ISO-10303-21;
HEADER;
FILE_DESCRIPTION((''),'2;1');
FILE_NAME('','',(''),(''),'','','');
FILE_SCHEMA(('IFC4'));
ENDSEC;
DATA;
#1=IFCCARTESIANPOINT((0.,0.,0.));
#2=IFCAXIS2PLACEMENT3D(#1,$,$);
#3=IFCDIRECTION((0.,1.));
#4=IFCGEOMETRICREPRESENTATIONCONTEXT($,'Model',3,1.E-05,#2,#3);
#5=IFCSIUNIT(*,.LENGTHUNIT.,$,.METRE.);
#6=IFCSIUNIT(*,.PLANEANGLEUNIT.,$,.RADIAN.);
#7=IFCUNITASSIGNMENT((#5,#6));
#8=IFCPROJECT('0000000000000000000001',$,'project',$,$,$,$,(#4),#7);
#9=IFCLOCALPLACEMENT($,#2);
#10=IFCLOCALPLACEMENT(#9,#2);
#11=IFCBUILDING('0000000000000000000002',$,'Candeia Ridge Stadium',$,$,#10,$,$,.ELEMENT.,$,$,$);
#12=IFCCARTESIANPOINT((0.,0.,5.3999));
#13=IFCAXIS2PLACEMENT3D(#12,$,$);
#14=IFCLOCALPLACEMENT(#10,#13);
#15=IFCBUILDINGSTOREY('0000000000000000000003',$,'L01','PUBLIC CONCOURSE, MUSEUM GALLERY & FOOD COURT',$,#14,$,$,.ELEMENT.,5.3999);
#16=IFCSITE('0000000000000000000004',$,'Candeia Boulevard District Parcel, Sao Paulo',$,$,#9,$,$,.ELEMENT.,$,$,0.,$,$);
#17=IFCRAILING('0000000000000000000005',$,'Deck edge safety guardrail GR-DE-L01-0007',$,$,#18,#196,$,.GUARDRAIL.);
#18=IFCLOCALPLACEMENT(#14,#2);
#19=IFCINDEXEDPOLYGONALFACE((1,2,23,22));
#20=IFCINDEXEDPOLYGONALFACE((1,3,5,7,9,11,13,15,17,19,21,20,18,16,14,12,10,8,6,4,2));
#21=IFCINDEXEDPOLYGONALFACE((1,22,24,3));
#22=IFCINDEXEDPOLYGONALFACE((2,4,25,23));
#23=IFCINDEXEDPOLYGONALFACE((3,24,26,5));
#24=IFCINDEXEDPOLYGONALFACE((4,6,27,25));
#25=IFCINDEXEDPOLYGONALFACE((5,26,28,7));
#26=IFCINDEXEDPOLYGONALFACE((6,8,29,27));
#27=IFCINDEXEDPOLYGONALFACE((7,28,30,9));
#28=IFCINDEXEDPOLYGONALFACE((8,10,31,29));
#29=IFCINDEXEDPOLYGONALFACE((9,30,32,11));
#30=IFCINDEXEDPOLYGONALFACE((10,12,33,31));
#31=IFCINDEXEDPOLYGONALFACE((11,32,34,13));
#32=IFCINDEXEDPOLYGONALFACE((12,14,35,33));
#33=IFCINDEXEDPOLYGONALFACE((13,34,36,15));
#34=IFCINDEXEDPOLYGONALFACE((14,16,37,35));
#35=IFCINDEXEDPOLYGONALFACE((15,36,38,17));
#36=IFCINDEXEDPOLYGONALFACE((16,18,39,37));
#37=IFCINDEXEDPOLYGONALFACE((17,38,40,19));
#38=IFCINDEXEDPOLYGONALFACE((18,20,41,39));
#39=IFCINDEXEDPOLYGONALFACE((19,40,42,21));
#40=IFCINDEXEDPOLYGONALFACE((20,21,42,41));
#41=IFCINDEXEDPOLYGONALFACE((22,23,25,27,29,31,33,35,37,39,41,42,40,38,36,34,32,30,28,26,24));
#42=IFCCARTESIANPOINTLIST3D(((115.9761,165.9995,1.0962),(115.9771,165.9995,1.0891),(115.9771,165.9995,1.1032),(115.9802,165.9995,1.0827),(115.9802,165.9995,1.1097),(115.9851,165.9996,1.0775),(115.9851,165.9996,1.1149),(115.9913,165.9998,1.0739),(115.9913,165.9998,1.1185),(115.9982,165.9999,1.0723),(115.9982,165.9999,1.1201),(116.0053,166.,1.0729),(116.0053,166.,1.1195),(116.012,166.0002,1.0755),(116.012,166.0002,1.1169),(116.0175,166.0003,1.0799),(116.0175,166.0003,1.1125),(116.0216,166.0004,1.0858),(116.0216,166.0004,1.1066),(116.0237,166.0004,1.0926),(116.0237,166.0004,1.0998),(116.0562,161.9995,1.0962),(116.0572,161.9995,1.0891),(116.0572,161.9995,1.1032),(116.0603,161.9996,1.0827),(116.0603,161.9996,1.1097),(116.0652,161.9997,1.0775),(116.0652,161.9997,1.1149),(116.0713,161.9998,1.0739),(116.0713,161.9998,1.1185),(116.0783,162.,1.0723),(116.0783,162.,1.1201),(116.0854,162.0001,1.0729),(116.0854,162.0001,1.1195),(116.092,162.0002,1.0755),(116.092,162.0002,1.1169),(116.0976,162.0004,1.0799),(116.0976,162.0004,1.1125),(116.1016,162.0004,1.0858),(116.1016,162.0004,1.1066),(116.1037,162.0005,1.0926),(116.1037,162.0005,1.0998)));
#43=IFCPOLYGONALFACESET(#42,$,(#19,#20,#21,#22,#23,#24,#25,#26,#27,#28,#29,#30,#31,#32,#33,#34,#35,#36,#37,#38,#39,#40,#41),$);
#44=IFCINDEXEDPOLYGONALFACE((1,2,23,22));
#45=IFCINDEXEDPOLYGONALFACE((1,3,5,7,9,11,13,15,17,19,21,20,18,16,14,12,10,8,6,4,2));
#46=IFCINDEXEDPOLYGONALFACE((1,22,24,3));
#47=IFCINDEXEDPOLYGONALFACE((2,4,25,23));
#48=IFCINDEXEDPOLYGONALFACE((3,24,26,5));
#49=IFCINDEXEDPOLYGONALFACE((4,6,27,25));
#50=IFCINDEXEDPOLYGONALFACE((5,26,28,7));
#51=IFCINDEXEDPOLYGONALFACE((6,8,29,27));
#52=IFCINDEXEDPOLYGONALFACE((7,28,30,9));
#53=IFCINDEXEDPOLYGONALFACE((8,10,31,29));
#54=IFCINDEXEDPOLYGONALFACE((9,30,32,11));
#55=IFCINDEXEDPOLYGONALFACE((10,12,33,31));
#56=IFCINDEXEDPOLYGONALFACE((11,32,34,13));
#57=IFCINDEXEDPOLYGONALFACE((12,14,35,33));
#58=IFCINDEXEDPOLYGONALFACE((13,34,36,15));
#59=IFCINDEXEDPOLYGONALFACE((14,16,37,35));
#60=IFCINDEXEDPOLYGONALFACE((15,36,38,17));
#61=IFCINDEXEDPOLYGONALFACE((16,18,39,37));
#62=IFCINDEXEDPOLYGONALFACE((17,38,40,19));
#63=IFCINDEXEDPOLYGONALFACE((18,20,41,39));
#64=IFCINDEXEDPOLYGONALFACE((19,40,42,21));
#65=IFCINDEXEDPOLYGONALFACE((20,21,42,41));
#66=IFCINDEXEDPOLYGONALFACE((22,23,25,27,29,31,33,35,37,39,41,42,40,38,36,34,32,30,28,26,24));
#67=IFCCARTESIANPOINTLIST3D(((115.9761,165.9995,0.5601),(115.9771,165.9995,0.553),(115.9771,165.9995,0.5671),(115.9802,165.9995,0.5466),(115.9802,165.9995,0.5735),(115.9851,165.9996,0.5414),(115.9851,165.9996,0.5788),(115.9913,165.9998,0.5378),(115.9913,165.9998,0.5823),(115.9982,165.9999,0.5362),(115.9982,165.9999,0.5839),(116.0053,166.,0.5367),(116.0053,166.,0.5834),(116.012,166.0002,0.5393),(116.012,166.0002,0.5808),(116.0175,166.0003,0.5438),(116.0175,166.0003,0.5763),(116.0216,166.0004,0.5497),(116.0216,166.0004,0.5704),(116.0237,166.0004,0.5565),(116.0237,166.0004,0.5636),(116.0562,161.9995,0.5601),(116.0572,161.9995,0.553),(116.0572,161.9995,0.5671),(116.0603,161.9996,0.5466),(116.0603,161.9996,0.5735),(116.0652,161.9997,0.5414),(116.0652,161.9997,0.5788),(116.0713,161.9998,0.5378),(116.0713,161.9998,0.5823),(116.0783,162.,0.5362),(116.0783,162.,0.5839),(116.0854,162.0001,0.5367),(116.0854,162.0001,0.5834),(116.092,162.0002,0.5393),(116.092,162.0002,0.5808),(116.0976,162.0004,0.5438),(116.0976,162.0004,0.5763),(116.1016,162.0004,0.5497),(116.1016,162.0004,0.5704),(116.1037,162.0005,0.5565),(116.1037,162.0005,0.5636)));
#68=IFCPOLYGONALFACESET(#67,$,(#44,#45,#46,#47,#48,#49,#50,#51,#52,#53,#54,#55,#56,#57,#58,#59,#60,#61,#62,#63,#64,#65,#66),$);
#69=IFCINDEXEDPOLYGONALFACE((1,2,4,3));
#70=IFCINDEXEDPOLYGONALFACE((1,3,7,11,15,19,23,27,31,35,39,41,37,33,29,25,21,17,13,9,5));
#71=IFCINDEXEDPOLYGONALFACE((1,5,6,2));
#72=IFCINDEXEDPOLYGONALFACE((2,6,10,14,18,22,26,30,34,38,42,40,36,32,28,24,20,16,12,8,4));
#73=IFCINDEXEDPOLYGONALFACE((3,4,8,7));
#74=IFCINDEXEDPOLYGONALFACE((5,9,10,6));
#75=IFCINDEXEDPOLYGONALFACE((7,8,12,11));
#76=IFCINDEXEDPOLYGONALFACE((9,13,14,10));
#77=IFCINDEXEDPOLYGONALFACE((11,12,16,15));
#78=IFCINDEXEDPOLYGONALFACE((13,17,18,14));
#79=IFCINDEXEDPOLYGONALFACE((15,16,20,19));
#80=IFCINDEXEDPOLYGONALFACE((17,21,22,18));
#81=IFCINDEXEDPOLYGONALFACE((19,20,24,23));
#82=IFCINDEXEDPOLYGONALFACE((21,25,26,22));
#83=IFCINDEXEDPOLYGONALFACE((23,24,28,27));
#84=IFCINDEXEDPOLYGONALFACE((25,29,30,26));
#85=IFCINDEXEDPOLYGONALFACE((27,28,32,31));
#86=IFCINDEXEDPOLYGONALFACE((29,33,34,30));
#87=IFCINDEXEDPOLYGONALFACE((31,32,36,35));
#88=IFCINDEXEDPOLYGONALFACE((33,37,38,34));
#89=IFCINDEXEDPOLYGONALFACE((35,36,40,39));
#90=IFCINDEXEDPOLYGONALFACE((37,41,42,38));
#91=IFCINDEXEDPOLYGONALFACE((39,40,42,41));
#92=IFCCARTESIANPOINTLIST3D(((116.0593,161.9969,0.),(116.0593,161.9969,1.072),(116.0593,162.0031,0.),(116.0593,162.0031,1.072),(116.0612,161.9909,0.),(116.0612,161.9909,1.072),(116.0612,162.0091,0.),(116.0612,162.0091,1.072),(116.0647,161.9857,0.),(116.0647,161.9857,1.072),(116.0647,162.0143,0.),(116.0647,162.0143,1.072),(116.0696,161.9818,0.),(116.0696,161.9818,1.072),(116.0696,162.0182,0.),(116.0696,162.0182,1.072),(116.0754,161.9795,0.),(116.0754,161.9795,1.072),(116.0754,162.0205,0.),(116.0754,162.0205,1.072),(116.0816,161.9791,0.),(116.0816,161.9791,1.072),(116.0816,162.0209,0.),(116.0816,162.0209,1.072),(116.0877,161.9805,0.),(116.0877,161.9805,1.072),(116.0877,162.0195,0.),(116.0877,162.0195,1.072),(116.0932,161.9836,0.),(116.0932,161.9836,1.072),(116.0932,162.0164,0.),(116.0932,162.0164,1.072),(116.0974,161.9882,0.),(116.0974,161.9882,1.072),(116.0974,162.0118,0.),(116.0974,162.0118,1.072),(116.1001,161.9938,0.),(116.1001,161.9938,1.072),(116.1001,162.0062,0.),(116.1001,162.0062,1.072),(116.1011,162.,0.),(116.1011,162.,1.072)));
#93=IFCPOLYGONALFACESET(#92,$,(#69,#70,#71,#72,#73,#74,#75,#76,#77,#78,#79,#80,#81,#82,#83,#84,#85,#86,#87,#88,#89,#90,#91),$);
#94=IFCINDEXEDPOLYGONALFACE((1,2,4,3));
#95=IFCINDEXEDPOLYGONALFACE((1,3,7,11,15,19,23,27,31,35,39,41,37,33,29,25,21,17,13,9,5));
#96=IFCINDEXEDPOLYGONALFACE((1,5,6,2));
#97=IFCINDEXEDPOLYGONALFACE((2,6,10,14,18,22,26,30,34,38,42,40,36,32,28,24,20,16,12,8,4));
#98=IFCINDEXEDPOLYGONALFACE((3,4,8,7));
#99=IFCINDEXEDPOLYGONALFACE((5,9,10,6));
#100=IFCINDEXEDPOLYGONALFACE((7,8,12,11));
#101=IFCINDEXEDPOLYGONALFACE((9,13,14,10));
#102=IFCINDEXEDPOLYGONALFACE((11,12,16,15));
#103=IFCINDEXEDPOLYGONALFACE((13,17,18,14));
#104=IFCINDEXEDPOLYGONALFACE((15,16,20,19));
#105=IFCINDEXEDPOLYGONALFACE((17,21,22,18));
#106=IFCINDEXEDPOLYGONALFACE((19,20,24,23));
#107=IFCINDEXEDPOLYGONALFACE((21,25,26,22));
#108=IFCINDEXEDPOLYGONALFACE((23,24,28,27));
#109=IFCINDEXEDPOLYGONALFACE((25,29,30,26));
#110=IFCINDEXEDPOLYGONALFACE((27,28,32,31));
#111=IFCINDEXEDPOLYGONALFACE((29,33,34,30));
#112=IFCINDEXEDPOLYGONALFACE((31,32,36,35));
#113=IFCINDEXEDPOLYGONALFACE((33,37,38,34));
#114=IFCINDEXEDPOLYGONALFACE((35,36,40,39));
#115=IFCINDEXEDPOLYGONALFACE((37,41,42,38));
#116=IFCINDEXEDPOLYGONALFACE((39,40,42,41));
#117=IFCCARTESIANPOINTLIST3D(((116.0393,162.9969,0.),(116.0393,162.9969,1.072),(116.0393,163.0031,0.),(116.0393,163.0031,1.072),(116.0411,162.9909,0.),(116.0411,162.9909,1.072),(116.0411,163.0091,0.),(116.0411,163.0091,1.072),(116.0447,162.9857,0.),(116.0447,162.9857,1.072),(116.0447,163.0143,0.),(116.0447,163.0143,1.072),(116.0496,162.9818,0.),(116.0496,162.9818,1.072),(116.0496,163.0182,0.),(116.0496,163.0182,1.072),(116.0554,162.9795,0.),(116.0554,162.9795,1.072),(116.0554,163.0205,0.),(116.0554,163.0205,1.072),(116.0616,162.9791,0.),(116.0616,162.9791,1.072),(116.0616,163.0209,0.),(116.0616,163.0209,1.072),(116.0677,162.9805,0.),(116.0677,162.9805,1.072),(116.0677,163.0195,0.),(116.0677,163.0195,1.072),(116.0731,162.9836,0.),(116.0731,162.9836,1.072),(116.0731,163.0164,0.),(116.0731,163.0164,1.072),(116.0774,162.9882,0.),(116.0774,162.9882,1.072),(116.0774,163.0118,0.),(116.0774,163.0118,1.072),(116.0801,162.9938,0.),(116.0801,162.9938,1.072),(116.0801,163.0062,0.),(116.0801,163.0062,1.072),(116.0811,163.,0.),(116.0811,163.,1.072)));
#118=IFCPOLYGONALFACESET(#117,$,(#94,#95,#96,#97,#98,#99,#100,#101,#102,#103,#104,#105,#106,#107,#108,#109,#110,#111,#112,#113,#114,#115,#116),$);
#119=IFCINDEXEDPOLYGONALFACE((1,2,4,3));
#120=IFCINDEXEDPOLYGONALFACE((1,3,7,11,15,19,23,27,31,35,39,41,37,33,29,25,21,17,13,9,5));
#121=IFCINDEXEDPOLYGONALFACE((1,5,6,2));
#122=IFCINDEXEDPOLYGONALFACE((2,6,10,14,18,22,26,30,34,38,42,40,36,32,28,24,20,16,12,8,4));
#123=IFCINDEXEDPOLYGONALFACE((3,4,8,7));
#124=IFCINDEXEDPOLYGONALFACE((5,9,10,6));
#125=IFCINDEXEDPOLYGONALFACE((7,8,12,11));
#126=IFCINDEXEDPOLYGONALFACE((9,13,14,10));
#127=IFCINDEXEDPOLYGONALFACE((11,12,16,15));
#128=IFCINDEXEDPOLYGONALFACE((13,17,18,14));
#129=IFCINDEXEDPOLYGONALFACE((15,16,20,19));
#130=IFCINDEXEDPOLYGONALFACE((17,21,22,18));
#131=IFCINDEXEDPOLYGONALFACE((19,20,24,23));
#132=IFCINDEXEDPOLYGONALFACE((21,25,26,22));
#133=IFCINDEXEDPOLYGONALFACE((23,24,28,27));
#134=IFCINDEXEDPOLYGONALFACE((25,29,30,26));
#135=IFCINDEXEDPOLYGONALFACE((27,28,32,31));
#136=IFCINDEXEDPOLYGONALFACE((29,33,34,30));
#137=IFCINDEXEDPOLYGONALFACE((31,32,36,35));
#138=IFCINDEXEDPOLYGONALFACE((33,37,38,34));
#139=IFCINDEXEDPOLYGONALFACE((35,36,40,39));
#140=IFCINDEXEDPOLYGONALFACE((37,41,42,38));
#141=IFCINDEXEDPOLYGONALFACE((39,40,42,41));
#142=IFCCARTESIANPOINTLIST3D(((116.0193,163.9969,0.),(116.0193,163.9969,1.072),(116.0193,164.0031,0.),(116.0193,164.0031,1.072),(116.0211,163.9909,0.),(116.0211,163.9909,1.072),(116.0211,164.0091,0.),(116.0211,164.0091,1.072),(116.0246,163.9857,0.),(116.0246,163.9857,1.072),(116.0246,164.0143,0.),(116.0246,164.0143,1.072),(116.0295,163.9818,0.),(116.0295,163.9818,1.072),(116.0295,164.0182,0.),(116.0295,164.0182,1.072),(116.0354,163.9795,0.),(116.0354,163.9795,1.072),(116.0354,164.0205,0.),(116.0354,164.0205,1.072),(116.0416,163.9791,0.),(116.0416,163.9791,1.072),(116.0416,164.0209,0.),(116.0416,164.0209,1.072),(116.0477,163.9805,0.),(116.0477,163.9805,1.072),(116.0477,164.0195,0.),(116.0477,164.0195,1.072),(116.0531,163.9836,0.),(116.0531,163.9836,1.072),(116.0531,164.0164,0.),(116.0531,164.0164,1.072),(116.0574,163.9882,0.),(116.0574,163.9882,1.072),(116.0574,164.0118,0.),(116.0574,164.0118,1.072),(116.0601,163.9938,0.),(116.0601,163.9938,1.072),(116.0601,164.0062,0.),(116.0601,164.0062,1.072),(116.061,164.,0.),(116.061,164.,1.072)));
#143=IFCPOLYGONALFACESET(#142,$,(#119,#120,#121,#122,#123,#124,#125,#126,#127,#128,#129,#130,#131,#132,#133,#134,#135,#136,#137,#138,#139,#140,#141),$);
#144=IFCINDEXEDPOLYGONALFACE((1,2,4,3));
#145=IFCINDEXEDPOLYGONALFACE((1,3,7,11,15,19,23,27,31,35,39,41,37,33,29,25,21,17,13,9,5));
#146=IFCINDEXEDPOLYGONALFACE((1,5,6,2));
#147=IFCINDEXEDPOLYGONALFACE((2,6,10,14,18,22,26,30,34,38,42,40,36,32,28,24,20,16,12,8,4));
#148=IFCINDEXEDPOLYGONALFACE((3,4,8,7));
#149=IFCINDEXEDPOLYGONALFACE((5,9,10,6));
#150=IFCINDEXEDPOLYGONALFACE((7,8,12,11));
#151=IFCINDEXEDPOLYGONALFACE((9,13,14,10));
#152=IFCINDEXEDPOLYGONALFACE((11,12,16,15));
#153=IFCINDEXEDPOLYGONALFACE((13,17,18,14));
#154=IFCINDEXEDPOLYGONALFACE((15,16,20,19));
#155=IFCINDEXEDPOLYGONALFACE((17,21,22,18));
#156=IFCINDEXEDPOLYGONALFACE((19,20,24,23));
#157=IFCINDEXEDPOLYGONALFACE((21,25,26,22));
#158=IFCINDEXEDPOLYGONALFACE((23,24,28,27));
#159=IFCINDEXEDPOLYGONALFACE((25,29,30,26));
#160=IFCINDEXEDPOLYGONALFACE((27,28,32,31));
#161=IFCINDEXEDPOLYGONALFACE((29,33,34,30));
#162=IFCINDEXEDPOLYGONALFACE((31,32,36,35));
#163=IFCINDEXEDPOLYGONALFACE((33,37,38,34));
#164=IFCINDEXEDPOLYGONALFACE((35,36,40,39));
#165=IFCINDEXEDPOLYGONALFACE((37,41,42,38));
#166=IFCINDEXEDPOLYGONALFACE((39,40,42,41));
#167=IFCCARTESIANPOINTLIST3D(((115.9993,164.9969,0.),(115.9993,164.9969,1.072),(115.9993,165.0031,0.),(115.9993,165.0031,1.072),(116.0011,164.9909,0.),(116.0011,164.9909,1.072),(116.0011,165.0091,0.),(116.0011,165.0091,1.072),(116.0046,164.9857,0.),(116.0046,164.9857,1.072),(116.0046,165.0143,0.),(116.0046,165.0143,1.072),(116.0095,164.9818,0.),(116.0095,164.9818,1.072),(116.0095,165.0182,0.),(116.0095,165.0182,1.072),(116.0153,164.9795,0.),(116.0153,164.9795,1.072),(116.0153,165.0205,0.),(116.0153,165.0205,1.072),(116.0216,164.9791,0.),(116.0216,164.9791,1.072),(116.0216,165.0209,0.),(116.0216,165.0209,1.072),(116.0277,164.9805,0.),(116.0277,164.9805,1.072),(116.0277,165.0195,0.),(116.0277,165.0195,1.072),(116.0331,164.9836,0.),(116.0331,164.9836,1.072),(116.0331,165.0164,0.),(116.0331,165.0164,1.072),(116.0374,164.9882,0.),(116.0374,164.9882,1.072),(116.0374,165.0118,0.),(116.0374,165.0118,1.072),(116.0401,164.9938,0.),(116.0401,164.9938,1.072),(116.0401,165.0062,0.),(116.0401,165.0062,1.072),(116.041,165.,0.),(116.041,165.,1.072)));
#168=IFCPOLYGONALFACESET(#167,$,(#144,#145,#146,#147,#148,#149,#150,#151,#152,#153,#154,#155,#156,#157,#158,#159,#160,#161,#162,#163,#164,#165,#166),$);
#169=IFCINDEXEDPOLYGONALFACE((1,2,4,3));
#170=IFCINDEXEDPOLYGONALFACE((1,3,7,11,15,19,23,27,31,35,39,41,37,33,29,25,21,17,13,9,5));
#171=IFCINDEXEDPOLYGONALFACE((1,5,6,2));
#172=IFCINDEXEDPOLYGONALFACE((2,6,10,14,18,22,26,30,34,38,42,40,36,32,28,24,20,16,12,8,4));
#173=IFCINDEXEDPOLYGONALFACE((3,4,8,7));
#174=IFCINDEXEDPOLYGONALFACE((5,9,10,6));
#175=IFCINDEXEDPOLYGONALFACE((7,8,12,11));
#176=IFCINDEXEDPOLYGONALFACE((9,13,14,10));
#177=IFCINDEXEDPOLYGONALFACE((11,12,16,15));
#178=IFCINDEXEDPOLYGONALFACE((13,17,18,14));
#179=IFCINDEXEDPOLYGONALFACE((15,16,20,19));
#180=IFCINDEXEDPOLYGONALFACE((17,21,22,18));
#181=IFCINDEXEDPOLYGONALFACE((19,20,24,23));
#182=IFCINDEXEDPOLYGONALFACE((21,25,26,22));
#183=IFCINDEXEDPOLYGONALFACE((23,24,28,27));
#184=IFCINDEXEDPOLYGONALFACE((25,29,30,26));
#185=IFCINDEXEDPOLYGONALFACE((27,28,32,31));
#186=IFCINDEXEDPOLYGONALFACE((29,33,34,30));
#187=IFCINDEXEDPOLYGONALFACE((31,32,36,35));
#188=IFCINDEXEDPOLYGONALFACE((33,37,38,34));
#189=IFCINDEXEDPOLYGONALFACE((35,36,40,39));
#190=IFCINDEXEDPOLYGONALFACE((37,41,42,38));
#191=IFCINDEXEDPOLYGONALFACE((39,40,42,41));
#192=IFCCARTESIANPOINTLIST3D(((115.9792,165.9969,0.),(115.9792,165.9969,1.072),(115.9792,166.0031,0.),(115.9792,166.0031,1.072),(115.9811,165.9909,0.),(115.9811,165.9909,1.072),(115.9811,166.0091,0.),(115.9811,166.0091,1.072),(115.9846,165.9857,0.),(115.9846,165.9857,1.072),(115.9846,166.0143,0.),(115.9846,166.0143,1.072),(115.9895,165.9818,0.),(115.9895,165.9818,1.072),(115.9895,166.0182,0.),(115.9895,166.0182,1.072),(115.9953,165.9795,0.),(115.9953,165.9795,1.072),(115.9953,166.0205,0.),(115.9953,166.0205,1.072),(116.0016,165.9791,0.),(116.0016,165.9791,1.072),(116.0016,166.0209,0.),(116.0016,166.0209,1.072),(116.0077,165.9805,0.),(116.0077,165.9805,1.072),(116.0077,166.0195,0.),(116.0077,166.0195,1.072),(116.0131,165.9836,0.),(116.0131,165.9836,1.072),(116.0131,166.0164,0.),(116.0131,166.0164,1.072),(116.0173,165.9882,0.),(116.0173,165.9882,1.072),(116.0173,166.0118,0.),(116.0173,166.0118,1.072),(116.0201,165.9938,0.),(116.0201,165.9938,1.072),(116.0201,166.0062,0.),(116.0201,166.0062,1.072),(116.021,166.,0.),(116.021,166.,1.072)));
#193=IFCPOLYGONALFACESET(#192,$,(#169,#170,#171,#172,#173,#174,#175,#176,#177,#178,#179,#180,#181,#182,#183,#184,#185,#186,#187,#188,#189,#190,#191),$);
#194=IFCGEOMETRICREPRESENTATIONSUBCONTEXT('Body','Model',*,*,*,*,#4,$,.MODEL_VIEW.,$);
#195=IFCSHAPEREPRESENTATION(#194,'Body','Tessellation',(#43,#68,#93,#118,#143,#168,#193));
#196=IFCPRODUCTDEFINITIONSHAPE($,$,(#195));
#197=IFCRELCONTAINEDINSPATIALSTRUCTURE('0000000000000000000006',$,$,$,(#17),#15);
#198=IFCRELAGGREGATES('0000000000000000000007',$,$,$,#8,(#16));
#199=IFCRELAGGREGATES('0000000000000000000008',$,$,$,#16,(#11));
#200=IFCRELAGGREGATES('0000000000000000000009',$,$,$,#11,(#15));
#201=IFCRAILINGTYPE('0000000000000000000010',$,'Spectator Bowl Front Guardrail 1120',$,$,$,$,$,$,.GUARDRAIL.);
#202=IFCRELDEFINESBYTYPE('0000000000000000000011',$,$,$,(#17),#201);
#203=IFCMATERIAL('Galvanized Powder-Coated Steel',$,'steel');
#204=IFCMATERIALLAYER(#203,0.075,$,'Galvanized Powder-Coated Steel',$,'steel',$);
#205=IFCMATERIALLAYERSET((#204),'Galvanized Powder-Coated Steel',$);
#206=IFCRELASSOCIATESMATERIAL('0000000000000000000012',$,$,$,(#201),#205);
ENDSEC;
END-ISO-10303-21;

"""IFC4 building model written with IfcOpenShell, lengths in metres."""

from ifc_helpers import new_model, si_unit, direction, frame, origin, origin_2d, place, context, subcontext, project, spatial, circle, extrude, material, layer, layer_set, type_object, element, save


model = new_model("IFC4")

# Units and contexts
model_context = context("Model", 3, precision=1e-05, world=origin(), true_north=direction((0.0, 1.0)))
body_context = subcontext(model_context, "Body", "Model", "MODEL_VIEW")
ifc_project = project(units=[si_unit("LENGTHUNIT", "METRE"), si_unit("PLANEANGLEUNIT", "RADIAN")], contexts=[model_context])

# Site, building, storey
site_placement = place(None, origin())
site = spatial("IfcSite", under=ifc_project, at=site_placement, Name="Candeia Boulevard District Parcel, Sao Paulo", CompositionType="ELEMENT", RefElevation=0.0)
building_placement = place(site_placement, origin())
building = spatial("IfcBuilding", under=site, at=building_placement, Name="Candeia Ridge Stadium", CompositionType="ELEMENT")
storey_placement = place(building_placement, frame((0.0, 0.0, 5.3999)))
storey = spatial("IfcBuildingStorey", under=building, at=storey_placement, Name="L01", Description="PUBLIC CONCOURSE, MUSEUM GALLERY & FOOD COURT", CompositionType="ELEMENT", Elevation=5.3999)

# Railing
ifc_material_1 = material(Name="Galvanized Powder-Coated Steel", Category="steel")
ifc_layer_1 = layer(ifc_material_1, 0.075, Name="Galvanized Powder-Coated Steel", Category="steel")
ifc_layer_set_1 = layer_set([ifc_layer_1], Name="Galvanized Powder-Coated Steel")
railing_type = type_object("IfcRailingType", Name="Spectator Bowl Front Guardrail 1120", PredefinedType="GUARDRAIL", material=ifc_layer_set_1)
railing_1_placement = place(storey_placement, frame((116.0801, 162.0, 0.0)))
element("IfcRailing", 1, at=railing_1_placement, inside=storey, type_object=railing_type, Name="Deck edge safety guardrail GR-DE-L01-0007", PredefinedType="GUARDRAIL", context=body_context, shape_type="SweptSolid", body=[
    extrude(circle(Radius=0.0239, at=origin_2d()), frame((0.0, 0.0, 1.0962), z_axis=(-0.020016, 0.9998, 0.0), x_axis=(-0.9998, -0.020016, 0.0)), (0.0, 0.0, 1.0), 4.0007),
    extrude(circle(Radius=0.0239, at=origin_2d()), frame((0.0, 0.0, 0.5601), z_axis=(-0.020016, 0.9998, 0.0), x_axis=(-0.9998, -0.020016, 0.0)), (0.0, 0.0, 1.0), 4.0007),
    extrude(circle(Radius=0.021, at=origin_2d()), origin(), (0.0, 0.0, 1.0), 1.072),
    extrude(circle(Radius=0.021, at=origin_2d()), frame((-0.02, 1.0, 0.0)), (0.0, 0.0, 1.0), 1.072),
    extrude(circle(Radius=0.021, at=origin_2d()), frame((-0.04, 2.0, 0.0)), (0.0, 0.0, 1.0), 1.072),
    extrude(circle(Radius=0.021, at=origin_2d()), frame((-0.0601, 3.0, 0.0)), (0.0, 0.0, 1.0), 1.072),
    extrude(circle(Radius=0.021, at=origin_2d()), frame((-0.0801, 4.0, 0.0)), (0.0, 0.0, 1.0), 1.072),
])

save(model, "model.ifc")
